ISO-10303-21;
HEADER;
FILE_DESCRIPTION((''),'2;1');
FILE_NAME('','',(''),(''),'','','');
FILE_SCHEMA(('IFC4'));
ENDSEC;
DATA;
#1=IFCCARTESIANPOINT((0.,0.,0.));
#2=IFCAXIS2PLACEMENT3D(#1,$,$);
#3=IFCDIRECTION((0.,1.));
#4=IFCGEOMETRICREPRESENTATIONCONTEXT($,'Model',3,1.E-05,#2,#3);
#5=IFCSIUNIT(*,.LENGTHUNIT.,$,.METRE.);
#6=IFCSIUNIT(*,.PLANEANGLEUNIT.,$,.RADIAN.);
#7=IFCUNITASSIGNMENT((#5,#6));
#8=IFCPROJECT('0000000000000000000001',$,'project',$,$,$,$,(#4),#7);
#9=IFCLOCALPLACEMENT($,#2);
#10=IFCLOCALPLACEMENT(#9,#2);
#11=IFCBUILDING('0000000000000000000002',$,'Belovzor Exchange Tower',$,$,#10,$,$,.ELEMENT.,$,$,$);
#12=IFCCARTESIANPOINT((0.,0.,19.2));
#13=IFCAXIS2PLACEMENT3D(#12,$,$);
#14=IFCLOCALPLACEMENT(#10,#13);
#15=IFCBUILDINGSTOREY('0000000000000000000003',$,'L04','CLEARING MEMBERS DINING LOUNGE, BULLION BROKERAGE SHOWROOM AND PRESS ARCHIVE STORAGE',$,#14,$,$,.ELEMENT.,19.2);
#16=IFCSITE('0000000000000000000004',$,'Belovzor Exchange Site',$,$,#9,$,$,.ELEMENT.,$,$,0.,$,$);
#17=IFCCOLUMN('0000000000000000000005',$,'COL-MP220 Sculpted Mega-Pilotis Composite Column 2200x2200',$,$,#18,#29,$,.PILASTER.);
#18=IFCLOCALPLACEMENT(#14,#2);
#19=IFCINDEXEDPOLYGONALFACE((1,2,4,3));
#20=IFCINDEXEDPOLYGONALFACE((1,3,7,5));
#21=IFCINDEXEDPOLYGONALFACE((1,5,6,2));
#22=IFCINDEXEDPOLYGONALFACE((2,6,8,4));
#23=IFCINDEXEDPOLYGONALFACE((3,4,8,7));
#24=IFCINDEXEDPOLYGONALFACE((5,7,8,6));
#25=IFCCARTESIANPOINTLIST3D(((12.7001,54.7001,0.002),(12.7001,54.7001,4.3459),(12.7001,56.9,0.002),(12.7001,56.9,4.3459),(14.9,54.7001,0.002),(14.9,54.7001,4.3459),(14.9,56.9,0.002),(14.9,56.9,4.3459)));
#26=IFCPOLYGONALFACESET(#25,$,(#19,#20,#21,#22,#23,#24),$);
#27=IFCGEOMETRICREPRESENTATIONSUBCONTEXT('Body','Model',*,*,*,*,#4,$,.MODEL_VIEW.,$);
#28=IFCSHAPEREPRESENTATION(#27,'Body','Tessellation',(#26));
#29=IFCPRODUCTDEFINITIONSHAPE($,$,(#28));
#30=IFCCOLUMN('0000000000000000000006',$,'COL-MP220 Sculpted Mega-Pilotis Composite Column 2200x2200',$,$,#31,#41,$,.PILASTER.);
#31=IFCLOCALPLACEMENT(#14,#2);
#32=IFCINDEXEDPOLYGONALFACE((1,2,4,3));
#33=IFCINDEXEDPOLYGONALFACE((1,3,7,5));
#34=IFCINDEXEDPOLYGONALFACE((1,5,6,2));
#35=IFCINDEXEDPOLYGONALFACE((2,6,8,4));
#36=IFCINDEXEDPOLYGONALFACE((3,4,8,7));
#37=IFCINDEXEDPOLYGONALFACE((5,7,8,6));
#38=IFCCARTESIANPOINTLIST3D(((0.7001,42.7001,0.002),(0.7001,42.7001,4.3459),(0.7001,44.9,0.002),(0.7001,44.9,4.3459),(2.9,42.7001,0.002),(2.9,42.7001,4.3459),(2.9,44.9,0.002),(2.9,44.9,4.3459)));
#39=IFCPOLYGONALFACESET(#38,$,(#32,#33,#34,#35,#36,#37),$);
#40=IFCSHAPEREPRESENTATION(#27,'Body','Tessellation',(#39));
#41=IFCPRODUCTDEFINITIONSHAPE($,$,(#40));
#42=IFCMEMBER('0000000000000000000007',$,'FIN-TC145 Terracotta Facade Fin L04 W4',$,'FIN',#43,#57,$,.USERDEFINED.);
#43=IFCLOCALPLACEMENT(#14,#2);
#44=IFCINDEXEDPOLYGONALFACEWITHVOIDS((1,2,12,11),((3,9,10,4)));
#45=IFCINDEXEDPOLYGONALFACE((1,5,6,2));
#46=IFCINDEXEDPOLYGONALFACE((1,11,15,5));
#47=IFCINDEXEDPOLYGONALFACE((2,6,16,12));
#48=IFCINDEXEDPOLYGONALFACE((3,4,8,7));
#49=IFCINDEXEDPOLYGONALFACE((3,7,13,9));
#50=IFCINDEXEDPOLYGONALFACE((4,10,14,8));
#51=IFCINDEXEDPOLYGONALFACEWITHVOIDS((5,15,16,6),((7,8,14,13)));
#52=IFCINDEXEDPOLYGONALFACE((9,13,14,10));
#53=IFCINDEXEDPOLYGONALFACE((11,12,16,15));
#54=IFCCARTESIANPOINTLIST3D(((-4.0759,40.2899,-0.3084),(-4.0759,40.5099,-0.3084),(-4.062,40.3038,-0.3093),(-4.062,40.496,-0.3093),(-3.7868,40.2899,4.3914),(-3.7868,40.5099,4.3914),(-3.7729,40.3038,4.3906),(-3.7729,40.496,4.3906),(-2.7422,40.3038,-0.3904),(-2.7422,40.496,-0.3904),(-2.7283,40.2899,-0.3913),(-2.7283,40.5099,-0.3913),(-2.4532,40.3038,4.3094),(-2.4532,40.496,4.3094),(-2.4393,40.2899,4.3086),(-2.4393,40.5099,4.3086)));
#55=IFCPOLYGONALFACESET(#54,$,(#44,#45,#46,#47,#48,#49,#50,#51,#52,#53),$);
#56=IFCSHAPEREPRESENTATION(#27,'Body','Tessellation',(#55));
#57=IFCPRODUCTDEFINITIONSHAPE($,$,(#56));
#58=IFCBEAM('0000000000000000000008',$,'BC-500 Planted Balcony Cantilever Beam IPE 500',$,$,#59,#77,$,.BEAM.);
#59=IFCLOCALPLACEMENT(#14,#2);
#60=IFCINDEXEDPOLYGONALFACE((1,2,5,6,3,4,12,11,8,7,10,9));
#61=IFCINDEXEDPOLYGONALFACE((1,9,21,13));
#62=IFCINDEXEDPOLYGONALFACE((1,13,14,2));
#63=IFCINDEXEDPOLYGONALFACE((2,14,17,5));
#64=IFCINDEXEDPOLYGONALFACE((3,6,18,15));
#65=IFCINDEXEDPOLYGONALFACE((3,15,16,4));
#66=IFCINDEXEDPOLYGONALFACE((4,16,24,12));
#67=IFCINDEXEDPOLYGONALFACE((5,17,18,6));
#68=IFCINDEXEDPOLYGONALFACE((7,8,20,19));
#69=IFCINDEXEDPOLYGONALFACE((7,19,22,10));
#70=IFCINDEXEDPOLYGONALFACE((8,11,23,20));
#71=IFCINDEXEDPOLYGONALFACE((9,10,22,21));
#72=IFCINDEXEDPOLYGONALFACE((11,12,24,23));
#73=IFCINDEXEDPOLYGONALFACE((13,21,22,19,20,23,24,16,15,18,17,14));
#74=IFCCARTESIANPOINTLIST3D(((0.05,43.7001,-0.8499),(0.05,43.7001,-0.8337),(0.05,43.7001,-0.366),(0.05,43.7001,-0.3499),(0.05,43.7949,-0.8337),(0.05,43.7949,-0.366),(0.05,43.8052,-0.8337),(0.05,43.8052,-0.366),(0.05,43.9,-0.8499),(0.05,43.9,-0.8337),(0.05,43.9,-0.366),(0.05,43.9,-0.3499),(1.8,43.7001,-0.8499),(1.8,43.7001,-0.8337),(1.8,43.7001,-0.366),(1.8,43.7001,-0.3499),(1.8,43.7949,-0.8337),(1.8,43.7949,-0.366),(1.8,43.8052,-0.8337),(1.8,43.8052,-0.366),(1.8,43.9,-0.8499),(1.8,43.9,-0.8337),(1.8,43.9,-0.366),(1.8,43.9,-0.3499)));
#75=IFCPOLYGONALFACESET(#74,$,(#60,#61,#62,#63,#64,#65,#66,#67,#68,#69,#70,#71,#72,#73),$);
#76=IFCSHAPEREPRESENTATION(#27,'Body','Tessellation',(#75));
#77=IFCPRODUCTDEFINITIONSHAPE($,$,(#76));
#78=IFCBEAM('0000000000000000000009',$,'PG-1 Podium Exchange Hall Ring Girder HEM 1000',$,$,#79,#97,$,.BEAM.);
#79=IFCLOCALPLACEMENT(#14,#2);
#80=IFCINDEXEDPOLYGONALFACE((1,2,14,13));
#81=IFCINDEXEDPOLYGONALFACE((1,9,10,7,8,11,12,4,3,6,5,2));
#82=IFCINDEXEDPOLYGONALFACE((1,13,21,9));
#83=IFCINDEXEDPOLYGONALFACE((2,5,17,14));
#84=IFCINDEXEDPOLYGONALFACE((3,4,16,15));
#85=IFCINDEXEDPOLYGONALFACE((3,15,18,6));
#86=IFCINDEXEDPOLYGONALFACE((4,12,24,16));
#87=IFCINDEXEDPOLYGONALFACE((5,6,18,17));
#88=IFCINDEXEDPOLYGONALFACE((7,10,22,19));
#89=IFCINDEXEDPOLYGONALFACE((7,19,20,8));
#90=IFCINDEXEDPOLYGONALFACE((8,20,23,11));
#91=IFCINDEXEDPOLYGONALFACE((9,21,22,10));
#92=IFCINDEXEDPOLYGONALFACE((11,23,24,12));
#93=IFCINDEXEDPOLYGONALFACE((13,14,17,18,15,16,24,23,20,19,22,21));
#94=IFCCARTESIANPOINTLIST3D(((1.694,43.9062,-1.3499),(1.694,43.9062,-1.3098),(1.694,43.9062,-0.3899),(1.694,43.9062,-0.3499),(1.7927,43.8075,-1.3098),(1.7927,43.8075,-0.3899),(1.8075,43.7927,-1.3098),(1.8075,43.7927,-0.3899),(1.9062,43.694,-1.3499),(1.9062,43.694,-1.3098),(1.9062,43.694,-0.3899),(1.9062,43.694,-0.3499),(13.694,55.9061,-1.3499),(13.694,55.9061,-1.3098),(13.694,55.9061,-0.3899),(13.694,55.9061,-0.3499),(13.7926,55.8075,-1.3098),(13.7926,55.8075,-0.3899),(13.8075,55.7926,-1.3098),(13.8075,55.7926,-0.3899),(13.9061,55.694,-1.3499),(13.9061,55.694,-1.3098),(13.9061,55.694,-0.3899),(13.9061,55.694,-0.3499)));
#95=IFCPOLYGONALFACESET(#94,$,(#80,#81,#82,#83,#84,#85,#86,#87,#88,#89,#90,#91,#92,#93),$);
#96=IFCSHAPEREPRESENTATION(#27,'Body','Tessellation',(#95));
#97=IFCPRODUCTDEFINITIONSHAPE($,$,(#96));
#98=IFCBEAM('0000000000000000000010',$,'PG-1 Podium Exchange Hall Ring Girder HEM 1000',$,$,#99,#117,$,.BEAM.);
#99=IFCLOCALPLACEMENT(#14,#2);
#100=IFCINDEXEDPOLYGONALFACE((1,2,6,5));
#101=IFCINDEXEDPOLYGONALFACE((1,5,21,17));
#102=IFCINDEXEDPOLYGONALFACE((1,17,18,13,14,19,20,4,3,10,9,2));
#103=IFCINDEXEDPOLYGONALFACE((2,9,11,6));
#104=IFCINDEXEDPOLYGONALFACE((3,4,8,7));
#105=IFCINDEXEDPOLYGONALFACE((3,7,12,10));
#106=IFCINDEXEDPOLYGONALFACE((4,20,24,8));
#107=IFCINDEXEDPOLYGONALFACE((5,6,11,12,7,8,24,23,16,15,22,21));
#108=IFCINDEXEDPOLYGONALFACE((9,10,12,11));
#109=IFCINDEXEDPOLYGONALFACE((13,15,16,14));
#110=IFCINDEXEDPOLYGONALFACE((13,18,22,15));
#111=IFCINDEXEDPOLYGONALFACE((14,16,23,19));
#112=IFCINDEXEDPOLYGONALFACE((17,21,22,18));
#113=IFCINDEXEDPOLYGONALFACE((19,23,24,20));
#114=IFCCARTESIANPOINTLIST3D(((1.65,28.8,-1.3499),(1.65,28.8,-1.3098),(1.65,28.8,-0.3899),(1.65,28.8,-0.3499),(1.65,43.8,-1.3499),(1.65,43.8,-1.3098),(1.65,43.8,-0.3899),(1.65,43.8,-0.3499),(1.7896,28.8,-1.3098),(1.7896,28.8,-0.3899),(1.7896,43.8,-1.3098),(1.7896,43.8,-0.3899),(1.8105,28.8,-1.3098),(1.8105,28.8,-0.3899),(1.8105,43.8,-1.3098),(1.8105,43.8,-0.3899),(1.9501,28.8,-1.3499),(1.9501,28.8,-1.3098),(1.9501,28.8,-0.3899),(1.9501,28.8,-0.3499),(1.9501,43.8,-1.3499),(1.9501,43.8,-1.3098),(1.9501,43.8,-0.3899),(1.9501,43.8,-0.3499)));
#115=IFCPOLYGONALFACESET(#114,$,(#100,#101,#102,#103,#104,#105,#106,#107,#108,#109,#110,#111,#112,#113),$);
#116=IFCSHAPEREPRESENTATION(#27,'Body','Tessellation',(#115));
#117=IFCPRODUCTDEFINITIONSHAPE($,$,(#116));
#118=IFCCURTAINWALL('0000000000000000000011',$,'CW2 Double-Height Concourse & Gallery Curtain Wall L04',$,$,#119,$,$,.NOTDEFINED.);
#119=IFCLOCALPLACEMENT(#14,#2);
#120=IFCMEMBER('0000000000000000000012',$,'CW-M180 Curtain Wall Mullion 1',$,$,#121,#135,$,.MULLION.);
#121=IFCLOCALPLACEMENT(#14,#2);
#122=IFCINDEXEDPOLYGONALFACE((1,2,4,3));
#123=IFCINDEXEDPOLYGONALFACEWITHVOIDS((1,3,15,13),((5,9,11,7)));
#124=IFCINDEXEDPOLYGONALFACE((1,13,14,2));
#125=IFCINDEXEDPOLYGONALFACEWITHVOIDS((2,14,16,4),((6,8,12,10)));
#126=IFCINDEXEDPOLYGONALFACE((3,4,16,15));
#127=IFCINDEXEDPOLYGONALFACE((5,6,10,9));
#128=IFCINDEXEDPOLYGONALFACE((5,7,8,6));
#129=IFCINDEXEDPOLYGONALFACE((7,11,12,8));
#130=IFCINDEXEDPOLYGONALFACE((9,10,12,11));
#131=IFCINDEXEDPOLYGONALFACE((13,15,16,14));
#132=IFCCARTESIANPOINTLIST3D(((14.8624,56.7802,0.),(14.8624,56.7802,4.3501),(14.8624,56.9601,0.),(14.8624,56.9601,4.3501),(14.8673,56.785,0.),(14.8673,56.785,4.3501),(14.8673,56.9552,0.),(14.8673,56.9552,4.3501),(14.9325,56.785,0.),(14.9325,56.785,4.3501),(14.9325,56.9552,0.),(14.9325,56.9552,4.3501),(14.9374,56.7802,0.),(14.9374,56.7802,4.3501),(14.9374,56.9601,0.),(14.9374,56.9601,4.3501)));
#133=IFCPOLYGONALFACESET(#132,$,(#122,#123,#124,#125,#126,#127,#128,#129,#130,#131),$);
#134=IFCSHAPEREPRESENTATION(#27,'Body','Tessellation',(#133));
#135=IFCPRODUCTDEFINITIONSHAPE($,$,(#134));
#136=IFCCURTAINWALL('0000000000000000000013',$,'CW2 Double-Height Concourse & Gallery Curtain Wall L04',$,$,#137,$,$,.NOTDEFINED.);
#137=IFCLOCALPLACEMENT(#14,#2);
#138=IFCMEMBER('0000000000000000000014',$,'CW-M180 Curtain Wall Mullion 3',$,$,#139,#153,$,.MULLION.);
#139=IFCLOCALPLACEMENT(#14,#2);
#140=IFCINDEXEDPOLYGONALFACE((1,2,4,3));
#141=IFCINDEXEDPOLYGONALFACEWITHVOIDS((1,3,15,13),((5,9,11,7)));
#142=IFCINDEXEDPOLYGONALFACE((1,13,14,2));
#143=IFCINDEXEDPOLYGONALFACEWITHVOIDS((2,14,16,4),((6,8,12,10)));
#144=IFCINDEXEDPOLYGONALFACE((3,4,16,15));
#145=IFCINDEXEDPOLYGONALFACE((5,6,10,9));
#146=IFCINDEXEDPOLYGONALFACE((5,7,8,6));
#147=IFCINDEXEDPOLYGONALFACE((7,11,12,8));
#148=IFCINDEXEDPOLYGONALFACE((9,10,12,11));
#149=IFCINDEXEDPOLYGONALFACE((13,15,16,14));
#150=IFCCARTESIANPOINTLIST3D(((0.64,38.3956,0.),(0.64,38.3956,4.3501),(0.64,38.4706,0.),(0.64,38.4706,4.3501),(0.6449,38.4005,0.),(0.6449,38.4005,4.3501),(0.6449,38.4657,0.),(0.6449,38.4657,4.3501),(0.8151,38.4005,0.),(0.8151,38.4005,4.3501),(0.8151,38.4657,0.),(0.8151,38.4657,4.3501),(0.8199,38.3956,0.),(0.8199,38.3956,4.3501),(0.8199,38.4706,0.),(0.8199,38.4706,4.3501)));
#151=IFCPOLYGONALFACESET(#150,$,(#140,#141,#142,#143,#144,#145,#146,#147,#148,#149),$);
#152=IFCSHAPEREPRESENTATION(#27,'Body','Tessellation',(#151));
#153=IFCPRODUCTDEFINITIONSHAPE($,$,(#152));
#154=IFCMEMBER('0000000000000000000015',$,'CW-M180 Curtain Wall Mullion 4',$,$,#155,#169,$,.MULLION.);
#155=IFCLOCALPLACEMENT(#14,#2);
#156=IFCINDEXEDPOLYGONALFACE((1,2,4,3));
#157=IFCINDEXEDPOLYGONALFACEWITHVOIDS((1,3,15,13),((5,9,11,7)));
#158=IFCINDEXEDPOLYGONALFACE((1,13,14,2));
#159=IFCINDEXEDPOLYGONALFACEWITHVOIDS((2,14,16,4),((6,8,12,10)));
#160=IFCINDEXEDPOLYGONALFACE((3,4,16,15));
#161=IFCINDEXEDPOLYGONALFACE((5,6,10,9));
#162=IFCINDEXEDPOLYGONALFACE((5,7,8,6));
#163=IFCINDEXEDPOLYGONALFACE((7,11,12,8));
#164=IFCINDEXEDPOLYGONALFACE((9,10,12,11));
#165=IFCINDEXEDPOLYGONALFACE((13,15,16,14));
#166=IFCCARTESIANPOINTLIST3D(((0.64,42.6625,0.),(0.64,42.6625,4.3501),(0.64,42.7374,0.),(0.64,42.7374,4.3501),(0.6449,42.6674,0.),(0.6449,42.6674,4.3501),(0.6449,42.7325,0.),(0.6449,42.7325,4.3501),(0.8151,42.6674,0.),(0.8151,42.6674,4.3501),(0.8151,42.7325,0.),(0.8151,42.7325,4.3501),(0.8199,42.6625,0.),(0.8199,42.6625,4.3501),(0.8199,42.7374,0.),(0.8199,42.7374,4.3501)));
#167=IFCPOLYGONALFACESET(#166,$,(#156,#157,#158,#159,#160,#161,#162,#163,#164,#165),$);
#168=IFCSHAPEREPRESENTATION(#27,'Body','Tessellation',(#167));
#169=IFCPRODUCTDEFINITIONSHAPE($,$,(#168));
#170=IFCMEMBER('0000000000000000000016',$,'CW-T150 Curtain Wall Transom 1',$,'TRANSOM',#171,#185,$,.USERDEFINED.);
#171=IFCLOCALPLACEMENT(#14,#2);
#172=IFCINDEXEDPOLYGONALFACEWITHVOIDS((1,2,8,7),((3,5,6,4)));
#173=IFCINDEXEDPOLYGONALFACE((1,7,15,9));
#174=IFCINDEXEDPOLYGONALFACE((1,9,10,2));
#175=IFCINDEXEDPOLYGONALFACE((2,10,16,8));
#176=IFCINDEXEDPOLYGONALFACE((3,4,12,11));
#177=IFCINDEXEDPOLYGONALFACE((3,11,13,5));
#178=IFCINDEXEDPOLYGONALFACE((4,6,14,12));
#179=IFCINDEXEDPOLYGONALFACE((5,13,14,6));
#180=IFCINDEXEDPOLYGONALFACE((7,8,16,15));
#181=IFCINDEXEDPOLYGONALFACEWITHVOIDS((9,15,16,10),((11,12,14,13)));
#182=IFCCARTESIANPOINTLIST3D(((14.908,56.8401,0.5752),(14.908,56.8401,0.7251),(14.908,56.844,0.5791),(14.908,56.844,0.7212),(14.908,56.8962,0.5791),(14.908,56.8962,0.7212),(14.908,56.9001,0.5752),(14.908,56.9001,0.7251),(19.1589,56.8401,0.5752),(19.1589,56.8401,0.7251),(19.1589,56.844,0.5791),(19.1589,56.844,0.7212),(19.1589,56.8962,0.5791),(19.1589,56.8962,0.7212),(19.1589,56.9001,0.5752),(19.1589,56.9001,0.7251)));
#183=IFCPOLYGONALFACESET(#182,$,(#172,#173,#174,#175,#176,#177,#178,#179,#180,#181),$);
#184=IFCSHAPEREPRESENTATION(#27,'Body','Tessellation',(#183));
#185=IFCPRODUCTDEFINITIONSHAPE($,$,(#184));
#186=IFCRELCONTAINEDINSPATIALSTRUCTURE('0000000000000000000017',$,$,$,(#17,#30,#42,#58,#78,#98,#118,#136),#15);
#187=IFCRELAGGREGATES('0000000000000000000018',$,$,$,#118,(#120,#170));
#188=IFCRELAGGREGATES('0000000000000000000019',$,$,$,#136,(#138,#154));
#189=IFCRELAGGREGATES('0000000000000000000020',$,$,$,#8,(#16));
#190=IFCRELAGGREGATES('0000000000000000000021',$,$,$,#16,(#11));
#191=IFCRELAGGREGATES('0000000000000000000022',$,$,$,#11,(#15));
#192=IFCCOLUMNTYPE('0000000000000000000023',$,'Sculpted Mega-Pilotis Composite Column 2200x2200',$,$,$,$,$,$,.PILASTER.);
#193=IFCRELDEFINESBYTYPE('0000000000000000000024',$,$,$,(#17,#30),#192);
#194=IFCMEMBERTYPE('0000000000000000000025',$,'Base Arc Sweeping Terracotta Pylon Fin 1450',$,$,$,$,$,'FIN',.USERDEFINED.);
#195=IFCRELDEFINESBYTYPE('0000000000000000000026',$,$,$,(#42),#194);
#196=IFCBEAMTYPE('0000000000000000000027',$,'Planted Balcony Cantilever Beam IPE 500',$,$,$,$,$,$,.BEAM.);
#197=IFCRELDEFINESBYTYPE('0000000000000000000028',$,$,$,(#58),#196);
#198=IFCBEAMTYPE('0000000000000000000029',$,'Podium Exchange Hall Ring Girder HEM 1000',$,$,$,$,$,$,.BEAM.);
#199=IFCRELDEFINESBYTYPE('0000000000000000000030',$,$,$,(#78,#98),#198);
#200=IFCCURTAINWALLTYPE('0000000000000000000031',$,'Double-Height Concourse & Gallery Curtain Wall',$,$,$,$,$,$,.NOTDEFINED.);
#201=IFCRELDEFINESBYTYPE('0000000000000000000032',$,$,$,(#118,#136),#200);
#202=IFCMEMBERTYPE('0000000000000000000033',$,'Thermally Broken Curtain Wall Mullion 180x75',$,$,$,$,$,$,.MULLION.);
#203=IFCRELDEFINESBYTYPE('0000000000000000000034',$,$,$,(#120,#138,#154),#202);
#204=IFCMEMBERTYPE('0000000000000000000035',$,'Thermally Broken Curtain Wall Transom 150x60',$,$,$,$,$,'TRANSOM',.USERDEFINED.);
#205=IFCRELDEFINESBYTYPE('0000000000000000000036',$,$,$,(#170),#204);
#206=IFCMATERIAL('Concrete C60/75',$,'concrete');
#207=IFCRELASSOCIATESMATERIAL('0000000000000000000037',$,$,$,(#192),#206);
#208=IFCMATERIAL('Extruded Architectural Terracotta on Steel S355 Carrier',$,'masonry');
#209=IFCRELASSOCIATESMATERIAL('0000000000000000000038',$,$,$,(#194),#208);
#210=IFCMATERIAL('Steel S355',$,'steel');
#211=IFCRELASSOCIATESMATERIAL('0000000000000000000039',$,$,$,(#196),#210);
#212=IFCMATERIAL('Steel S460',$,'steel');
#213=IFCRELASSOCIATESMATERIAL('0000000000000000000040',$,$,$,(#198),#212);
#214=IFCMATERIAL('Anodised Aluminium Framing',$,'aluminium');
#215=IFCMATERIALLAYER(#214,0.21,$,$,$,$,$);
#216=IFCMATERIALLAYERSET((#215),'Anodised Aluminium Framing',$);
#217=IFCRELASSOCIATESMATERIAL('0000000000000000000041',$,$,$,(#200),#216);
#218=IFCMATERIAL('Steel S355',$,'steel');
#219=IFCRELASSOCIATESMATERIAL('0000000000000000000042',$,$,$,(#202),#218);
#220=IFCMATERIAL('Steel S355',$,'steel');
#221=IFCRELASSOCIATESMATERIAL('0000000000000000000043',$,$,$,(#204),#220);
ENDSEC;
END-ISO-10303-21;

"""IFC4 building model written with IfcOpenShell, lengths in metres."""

from ifc_helpers import new_model, si_unit, direction, frame, origin, origin_2d, place, context, subcontext, project, spatial, rectangle, hollow_rectangle, i_section, extrude, material, layer, layer_set, material_profile, profile_set, type_object, element, aggregate, save


model = new_model("IFC4")

# Units and contexts
model_context = context("Model", 3, precision=1e-05, world=origin(), true_north=direction((0.0, 1.0)))
body_context = subcontext(model_context, "Body", "Model", "MODEL_VIEW")
ifc_project = project(units=[si_unit("LENGTHUNIT", "METRE"), si_unit("PLANEANGLEUNIT", "RADIAN")], contexts=[model_context])

# Site, building, storey
site_placement = place(None, origin())
site = spatial("IfcSite", under=ifc_project, at=site_placement, Name="Belovzor Exchange Site", CompositionType="ELEMENT", RefElevation=0.0)
building_placement = place(site_placement, origin())
building = spatial("IfcBuilding", under=site, at=building_placement, Name="Belovzor Exchange Tower", CompositionType="ELEMENT")
storey_placement = place(building_placement, frame((0.0, 0.0, 19.2)))
storey = spatial("IfcBuildingStorey", under=building, at=storey_placement, Name="L04", Description="CLEARING MEMBERS DINING LOUNGE, BULLION BROKERAGE SHOWROOM AND PRESS ARCHIVE STORAGE", CompositionType="ELEMENT", Elevation=19.2)

# Columns
ifc_material_1 = material(Name="Concrete C60/75", Category="concrete")
ifc_material_profile_1 = material_profile(ifc_material_1, rectangle(XDim=2.2, YDim=2.2, at=origin_2d()))
ifc_profile_set_1 = profile_set([ifc_material_profile_1], Name="Concrete C60/75")
column_type = type_object("IfcColumnType", Name="Sculpted Mega-Pilotis Composite Column 2200x2200", PredefinedType="PILASTER", material=ifc_profile_set_1)
for number, where, z_axis, x_axis, name in (
    (1, (13.8, 55.8, 0.002), (0.0, 0.0, 1.0), (1.0, 0.0, 0.0), "COL-MP220 Sculpted Mega-Pilotis Composite Column 2200x2200"),
    (2, (1.8, 43.8, 0.002), (0.0, 0.0, 1.0), (1.0, 0.0, 0.0), "COL-MP220 Sculpted Mega-Pilotis Composite Column 2200x2200"),
):
    element("IfcColumn", number, at=place(storey_placement, frame(where, z_axis=z_axis, x_axis=x_axis)), inside=storey, type_object=column_type, Name=name, PredefinedType="PILASTER", context=body_context, shape_type="SweptSolid", body=[
        extrude(rectangle(XDim=2.2, YDim=2.2, at=origin_2d()), origin(), (0.0, 0.0, 1.0), 4.344),
    ])

# Member
ifc_material_2 = material(Name="Extruded Architectural Terracotta on Steel S355 Carrier", Category="masonry")
ifc_material_profile_2 = material_profile(ifc_material_2, hollow_rectangle(XDim=0.22, YDim=1.3501, WallThickness=0.0139, at=origin_2d()))
ifc_profile_set_2 = profile_set([ifc_material_profile_2], Name="Extruded Architectural Terracotta on Steel S355 Carrier")
member_type_1 = type_object("IfcMemberType", Name="Base Arc Sweeping Terracotta Pylon Fin 1450", ElementType="FIN", PredefinedType="USERDEFINED", material=ifc_profile_set_2)
member_1_placement = place(storey_placement, frame((-3.4021, 40.3999, -0.3499), z_axis=(0.061387, 0.0, 0.998114), x_axis=(0.0, 1.0, 0.0)))
element("IfcMember", 3, at=member_1_placement, inside=storey, type_object=member_type_1, Name="FIN-TC145 Terracotta Facade Fin L04 W4", ObjectType="FIN", PredefinedType="USERDEFINED", context=body_context, shape_type="SweptSolid", body=[
    extrude(hollow_rectangle(XDim=0.22, YDim=1.3501, WallThickness=0.0139, at=origin_2d()), origin(), (0.0, 0.0, 1.0), 4.7087),
])

# Beams
ifc_material_3 = material(Name="Steel S355", Category="steel")
ifc_material_profile_3 = material_profile(ifc_material_3, i_section(OverallWidth=0.2, OverallDepth=0.5, WebThickness=0.0103, FlangeThickness=0.0161, at=origin_2d()))
ifc_profile_set_3 = profile_set([ifc_material_profile_3], Name="Steel S355")
beam_type_1 = type_object("IfcBeamType", Name="Planted Balcony Cantilever Beam IPE 500", PredefinedType="BEAM", material=ifc_profile_set_3)
beam_1_placement = place(storey_placement, frame((1.8, 43.8, -0.5999), z_axis=(-1.0, 0.0, 0.0), x_axis=(0.0, -1.0, 0.0)))
element("IfcBeam", 4, at=beam_1_placement, inside=storey, type_object=beam_type_1, Name="BC-500 Planted Balcony Cantilever Beam IPE 500", PredefinedType="BEAM", context=body_context, shape_type="SweptSolid", body=[
    extrude(i_section(OverallWidth=0.2, OverallDepth=0.5, WebThickness=0.0103, FlangeThickness=0.0161, at=origin_2d()), origin(), (0.0, 0.0, 1.0), 1.75),
])
ifc_material_4 = material(Name="Steel S460", Category="steel")
ifc_material_profile_4 = material_profile(ifc_material_4, i_section(OverallWidth=0.3, OverallDepth=1.0, WebThickness=0.021, FlangeThickness=0.04, at=origin_2d()))
ifc_profile_set_4 = profile_set([ifc_material_profile_4], Name="Steel S460")
beam_type_2 = type_object("IfcBeamType", Name="Podium Exchange Hall Ring Girder HEM 1000", PredefinedType="BEAM", material=ifc_profile_set_4)
beam_2_placement = place(storey_placement, frame((13.8, 55.8, -0.8499), z_axis=(-0.707107, -0.707107, 0.0), x_axis=(0.707107, -0.707107, 0.0)))
element("IfcBeam", 5, at=beam_2_placement, inside=storey, type_object=beam_type_2, Name="PG-1 Podium Exchange Hall Ring Girder HEM 1000", PredefinedType="BEAM", context=body_context, shape_type="SweptSolid", body=[
    extrude(i_section(OverallWidth=0.3, OverallDepth=1.0, WebThickness=0.021, FlangeThickness=0.04, at=origin_2d()), origin(), (0.0, 0.0, 1.0), 16.9705),
])
beam_3_placement = place(storey_placement, frame((1.8, 43.8, -0.8499), z_axis=(0.0, -1.0, 0.0), x_axis=(1.0, 0.0, 0.0)))
element("IfcBeam", 6, at=beam_3_placement, inside=storey, type_object=beam_type_2, Name="PG-1 Podium Exchange Hall Ring Girder HEM 1000", PredefinedType="BEAM", context=body_context, shape_type="SweptSolid", body=[
    extrude(i_section(OverallWidth=0.3, OverallDepth=1.0, WebThickness=0.021, FlangeThickness=0.04, at=origin_2d()), origin(), (0.0, 0.0, 1.0), 15.0),
])

# Curtain wall, member
ifc_material_5 = material(Name="Anodised Aluminium Framing", Category="aluminium")
ifc_layer_1 = layer(ifc_material_5, 0.21)
ifc_layer_set_1 = layer_set([ifc_layer_1], Name="Anodised Aluminium Framing")
curtain_wall_type = type_object("IfcCurtainWallType", Name="Double-Height Concourse & Gallery Curtain Wall", PredefinedType="NOTDEFINED", material=ifc_layer_set_1)
curtain_wall_1_placement = place(storey_placement, origin())
curtain_wall_1 = element("IfcCurtainWall", 7, at=curtain_wall_1_placement, inside=storey, type_object=curtain_wall_type, Name="CW2 Double-Height Concourse & Gallery Curtain Wall L04", PredefinedType="NOTDEFINED")
ifc_material_6 = material(Name="Steel S355", Category="steel")
ifc_material_profile_5 = material_profile(ifc_material_6, hollow_rectangle(XDim=0.075, YDim=0.1799, WallThickness=0.0049, at=origin_2d()))
ifc_profile_set_5 = profile_set([ifc_material_profile_5], Name="Steel S355")
member_type_2 = type_object("IfcMemberType", Name="Thermally Broken Curtain Wall Mullion 180x75", PredefinedType="MULLION", material=ifc_profile_set_5)
member_2_placement = place(storey_placement, frame((14.8999, 56.8701, 0.0), z_axis=(0.0, 0.0, 1.0), x_axis=(1.0, 0.0, 0.0)))
member_2 = element("IfcMember", 8, at=member_2_placement, type_object=member_type_2, Name="CW-M180 Curtain Wall Mullion 1", PredefinedType="MULLION", context=body_context, shape_type="SweptSolid", body=[
    extrude(hollow_rectangle(XDim=0.075, YDim=0.1799, WallThickness=0.0049, at=origin_2d()), origin(), (0.0, 0.0, 1.0), 4.3501),
])

# Curtain wall, members
curtain_wall_2_placement = place(storey_placement, origin())
curtain_wall_2 = element("IfcCurtainWall", 9, at=curtain_wall_2_placement, inside=storey, type_object=curtain_wall_type, Name="CW2 Double-Height Concourse & Gallery Curtain Wall L04", PredefinedType="NOTDEFINED")
member_3_placement = place(storey_placement, frame((0.73, 38.4331, 0.0), z_axis=(0.0, 0.0, 1.0), x_axis=(0.0, 1.0, 0.0)))
member_3 = element("IfcMember", 10, at=member_3_placement, type_object=member_type_2, Name="CW-M180 Curtain Wall Mullion 3", PredefinedType="MULLION", context=body_context, shape_type="SweptSolid", body=[
    extrude(hollow_rectangle(XDim=0.075, YDim=0.1799, WallThickness=0.0049, at=origin_2d()), origin(), (0.0, 0.0, 1.0), 4.3501),
])
member_4_placement = place(storey_placement, frame((0.73, 42.7, 0.0), z_axis=(0.0, 0.0, 1.0), x_axis=(0.0, 1.0, 0.0)))
member_4 = element("IfcMember", 11, at=member_4_placement, type_object=member_type_2, Name="CW-M180 Curtain Wall Mullion 4", PredefinedType="MULLION", context=body_context, shape_type="SweptSolid", body=[
    extrude(hollow_rectangle(XDim=0.075, YDim=0.1799, WallThickness=0.0049, at=origin_2d()), origin(), (0.0, 0.0, 1.0), 4.3501),
])

# Member
ifc_material_7 = material(Name="Steel S355", Category="steel")
ifc_material_profile_6 = material_profile(ifc_material_7, hollow_rectangle(XDim=0.0601, YDim=0.1499, WallThickness=0.0039, at=origin_2d()))
ifc_profile_set_6 = profile_set([ifc_material_profile_6], Name="Steel S355")
member_type_3 = type_object("IfcMemberType", Name="Thermally Broken Curtain Wall Transom 150x60", ElementType="TRANSOM", PredefinedType="USERDEFINED", material=ifc_profile_set_6)
member_5_placement = place(storey_placement, frame((14.908, 56.8701, 0.6501), z_axis=(1.0, 0.0, 0.0), x_axis=(0.0, 1.0, 0.0)))
member_5 = element("IfcMember", 12, at=member_5_placement, type_object=member_type_3, Name="CW-T150 Curtain Wall Transom 1", ObjectType="TRANSOM", PredefinedType="USERDEFINED", context=body_context, shape_type="SweptSolid", body=[
    extrude(hollow_rectangle(XDim=0.0601, YDim=0.1499, WallThickness=0.0039, at=origin_2d()), origin(), (0.0, 0.0, 1.0), 4.251),
])
aggregate(curtain_wall_1, [member_2, member_5])

aggregate(curtain_wall_2, [member_3, member_4])

save(model, "model.ifc")
